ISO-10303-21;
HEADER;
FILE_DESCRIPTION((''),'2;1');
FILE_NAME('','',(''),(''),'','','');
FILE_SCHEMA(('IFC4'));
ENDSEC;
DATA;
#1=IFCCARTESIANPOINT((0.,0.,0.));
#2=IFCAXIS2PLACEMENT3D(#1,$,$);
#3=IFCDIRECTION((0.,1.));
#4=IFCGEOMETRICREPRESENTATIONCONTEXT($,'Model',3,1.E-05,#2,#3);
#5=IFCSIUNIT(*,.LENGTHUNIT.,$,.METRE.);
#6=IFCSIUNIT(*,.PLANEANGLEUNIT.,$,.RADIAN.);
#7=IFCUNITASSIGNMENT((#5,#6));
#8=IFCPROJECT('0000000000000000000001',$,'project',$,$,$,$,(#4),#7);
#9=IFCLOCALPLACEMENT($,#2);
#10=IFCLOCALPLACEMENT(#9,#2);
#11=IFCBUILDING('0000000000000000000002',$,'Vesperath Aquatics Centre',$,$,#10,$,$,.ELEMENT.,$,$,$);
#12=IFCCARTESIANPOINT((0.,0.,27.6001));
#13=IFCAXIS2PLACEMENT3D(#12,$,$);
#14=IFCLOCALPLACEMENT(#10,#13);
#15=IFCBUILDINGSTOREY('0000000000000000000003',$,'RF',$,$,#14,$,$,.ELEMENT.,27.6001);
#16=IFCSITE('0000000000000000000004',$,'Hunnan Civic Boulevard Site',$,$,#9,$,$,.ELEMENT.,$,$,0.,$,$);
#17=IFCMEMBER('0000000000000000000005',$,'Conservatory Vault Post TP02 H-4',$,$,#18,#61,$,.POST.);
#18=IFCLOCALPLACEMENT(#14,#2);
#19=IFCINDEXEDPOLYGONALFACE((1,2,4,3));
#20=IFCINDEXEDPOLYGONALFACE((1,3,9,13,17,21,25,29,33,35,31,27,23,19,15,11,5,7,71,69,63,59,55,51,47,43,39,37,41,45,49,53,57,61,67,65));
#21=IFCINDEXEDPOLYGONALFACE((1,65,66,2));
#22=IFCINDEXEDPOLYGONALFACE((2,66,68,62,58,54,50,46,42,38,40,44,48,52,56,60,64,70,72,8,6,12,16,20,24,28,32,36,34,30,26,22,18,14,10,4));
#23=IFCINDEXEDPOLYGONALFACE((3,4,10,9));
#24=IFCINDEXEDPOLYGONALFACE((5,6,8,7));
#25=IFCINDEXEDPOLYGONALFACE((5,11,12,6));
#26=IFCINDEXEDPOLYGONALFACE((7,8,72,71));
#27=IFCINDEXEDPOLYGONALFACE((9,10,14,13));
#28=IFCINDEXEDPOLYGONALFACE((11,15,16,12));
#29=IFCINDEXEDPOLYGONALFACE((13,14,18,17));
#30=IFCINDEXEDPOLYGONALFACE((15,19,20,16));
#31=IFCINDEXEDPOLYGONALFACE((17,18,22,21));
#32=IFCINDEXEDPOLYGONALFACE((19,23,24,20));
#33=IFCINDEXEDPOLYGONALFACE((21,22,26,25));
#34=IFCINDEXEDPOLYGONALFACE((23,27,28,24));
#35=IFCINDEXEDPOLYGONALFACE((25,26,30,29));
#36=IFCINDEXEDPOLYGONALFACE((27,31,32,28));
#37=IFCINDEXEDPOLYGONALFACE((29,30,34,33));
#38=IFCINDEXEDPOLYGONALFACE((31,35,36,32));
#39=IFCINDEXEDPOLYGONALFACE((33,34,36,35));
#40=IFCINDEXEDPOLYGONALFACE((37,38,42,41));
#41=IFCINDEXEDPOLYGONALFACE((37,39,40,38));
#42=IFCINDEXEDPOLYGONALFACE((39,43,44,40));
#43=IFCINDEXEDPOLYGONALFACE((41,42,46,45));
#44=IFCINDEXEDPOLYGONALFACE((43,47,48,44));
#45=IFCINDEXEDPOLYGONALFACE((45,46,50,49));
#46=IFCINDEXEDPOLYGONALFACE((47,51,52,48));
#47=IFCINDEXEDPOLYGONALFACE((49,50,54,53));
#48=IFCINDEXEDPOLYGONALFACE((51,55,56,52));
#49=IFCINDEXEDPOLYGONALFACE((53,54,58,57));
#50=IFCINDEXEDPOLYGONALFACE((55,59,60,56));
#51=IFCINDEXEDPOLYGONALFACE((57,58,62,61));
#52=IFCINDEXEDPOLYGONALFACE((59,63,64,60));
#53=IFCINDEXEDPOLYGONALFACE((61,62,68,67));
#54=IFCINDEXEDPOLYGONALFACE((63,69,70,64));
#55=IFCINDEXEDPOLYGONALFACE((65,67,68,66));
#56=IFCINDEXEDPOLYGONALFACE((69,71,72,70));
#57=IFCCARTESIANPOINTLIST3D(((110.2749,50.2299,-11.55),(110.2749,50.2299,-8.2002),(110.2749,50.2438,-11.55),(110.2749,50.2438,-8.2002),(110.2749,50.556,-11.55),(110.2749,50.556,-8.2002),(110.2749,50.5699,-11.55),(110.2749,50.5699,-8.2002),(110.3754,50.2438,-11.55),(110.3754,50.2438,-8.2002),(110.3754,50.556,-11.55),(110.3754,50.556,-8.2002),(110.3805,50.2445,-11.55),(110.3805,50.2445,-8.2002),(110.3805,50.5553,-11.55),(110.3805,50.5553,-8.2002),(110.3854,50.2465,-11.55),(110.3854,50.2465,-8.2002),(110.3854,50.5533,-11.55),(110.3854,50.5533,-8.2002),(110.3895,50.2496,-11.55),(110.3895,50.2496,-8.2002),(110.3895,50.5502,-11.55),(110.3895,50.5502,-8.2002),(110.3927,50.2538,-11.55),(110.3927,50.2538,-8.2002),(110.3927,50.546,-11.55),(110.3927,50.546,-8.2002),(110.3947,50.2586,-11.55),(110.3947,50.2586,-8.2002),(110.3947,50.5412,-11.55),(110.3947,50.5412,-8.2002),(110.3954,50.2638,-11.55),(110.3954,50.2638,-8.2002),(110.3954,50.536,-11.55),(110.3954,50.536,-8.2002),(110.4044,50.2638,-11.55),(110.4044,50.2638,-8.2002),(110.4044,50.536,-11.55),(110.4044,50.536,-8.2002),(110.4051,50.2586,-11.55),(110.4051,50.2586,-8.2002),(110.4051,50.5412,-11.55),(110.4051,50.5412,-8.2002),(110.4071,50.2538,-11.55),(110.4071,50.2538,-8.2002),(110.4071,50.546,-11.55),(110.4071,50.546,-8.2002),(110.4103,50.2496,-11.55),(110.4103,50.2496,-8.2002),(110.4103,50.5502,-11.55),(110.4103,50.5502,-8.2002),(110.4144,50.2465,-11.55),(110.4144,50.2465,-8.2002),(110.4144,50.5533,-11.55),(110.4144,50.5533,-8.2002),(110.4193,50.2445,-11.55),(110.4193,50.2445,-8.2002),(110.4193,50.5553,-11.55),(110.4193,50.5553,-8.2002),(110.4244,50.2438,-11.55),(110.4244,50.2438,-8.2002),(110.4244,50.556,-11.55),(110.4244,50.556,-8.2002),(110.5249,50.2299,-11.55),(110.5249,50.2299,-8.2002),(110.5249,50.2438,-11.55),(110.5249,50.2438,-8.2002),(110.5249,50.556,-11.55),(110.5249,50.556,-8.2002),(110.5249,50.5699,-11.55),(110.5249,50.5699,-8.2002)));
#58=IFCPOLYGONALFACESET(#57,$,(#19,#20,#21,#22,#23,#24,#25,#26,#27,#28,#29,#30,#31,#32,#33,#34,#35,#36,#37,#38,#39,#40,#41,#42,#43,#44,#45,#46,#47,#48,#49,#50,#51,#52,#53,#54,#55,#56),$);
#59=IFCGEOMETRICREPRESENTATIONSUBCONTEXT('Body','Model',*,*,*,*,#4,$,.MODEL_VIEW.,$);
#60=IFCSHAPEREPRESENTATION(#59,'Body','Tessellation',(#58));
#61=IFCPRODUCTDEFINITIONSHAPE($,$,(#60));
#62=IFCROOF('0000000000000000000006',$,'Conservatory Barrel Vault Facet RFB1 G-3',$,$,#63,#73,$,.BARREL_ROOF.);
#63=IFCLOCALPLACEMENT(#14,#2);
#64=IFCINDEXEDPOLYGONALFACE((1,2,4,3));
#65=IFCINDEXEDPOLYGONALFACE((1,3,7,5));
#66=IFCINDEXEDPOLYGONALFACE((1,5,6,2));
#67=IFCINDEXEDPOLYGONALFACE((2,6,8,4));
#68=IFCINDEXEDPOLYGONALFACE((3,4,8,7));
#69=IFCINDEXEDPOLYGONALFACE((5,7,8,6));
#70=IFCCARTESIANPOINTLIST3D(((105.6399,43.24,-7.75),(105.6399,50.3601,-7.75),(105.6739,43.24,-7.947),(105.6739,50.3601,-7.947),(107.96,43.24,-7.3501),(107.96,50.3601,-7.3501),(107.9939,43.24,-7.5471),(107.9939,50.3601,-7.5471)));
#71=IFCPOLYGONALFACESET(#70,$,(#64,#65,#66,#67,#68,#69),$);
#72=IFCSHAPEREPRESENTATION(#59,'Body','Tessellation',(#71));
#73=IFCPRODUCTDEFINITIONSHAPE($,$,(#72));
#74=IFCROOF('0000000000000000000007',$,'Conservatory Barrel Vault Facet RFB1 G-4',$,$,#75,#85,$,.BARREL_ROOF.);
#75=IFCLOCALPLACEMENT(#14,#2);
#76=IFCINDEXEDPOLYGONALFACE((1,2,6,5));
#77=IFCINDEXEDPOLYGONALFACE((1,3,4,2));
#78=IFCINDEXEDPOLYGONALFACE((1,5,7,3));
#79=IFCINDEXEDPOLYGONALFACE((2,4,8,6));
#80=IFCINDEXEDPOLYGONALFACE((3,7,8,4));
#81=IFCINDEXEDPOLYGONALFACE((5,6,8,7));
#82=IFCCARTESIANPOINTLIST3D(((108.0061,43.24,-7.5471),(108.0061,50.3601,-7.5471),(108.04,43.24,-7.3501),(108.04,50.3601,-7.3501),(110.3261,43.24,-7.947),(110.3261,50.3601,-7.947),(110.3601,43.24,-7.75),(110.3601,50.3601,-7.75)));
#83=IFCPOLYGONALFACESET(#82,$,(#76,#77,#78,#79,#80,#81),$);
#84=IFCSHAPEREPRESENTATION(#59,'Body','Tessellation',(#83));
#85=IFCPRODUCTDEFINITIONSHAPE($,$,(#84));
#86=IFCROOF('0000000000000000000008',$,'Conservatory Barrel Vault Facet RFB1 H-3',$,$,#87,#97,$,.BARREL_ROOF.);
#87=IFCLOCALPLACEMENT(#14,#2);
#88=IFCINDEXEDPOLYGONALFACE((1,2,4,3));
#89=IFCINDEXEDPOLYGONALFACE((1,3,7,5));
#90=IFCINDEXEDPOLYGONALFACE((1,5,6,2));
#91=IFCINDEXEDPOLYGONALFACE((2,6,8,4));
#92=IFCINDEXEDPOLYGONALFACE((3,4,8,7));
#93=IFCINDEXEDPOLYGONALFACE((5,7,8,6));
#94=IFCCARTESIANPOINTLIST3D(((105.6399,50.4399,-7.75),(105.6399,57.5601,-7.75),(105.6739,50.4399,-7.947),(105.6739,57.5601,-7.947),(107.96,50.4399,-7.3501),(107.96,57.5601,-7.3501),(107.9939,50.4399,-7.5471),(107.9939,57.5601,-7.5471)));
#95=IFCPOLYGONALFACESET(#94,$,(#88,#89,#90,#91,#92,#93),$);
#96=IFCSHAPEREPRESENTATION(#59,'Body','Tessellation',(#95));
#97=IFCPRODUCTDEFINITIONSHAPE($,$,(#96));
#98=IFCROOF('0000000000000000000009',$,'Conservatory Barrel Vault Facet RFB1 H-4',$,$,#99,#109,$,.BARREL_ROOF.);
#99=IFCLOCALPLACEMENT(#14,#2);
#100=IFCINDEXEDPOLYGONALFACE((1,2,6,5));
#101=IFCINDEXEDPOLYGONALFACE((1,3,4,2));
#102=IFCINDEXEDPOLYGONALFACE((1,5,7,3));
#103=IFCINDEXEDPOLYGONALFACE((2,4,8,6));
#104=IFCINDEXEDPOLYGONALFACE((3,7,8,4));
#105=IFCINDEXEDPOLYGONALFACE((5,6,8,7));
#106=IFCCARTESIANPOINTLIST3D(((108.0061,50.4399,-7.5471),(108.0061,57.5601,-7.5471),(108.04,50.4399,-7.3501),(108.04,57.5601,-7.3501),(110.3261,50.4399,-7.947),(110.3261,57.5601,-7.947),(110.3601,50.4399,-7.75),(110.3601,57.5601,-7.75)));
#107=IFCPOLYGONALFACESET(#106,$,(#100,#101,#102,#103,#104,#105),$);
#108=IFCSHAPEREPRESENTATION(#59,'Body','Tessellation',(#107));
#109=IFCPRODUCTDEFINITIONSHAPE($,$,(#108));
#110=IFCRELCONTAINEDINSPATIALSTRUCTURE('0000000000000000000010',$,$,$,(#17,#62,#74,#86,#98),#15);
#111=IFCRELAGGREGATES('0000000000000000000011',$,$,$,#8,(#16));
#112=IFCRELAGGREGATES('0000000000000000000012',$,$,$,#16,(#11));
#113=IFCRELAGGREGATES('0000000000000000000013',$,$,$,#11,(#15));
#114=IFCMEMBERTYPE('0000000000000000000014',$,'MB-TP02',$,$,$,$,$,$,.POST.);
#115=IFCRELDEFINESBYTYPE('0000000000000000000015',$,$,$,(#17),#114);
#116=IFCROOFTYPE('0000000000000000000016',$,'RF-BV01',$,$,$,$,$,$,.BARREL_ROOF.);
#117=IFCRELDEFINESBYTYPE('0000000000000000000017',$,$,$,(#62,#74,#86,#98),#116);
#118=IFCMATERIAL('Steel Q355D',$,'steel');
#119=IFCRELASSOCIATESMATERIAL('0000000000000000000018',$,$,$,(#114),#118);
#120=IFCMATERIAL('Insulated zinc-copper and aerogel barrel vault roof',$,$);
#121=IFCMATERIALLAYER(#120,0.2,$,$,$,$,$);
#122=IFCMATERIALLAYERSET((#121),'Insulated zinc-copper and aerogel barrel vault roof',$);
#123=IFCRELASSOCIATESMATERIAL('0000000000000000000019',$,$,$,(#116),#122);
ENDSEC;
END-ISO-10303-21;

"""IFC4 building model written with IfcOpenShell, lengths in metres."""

from ifc_helpers import new_model, si_unit, direction, frame, origin, origin_2d, place, context, subcontext, project, spatial, polyline, i_section, outline, extrude, material, layer, layer_set, material_profile, profile_set, type_object, element, save


model = new_model("IFC4")

# Units and contexts
model_context = context("Model", 3, precision=1e-05, world=origin(), true_north=direction((0.0, 1.0)))
body_context = subcontext(model_context, "Body", "Model", "MODEL_VIEW")
ifc_project = project(units=[si_unit("LENGTHUNIT", "METRE"), si_unit("PLANEANGLEUNIT", "RADIAN")], contexts=[model_context])

# Site, building, storey
site_placement = place(None, origin())
site = spatial("IfcSite", under=ifc_project, at=site_placement, Name="Hunnan Civic Boulevard Site", CompositionType="ELEMENT", RefElevation=0.0)
building_placement = place(site_placement, origin())
building = spatial("IfcBuilding", under=site, at=building_placement, Name="Vesperath Aquatics Centre", CompositionType="ELEMENT")
storey_placement = place(building_placement, frame((0.0, 0.0, 27.6001)))
storey = spatial("IfcBuildingStorey", under=building, at=storey_placement, Name="RF", CompositionType="ELEMENT", Elevation=27.6001)

# Member
ifc_material_1 = material(Name="Steel Q355D", Category="steel")
ifc_material_profile_1 = material_profile(ifc_material_1, i_section(OverallWidth=0.25, OverallDepth=0.3401, WebThickness=0.009, FlangeThickness=0.0139, FilletRadius=0.02, at=origin_2d()), Name="HM 340x250x9x14")
ifc_profile_set_1 = profile_set([ifc_material_profile_1], Name="Steel Q355D")
member_type_1 = type_object("IfcMemberType", Name="MB-TP02", PredefinedType="POST", material=ifc_profile_set_1)
member_1_placement = place(storey_placement, frame((110.3999, 50.3999, -11.55), z_axis=(0.0, 0.0, 1.0), x_axis=(1.0, 0.0, 0.0)))
element("IfcMember", 1, at=member_1_placement, inside=storey, type_object=member_type_1, Name="Conservatory Vault Post TP02 H-4", PredefinedType="POST", context=body_context, shape_type="SweptSolid", body=[
    extrude(i_section(OverallWidth=0.25, OverallDepth=0.3401, WebThickness=0.009, FlangeThickness=0.0139, FilletRadius=0.02, at=origin_2d()), origin(), (0.0, 0.0, 1.0), 3.3499),
])

# Roofs
ifc_material_2 = material(Name="Insulated zinc-copper and aerogel barrel vault roof")
ifc_layer = layer(ifc_material_2, 0.2)
ifc_layer_set = layer_set([ifc_layer], Name="Insulated zinc-copper and aerogel barrel vault roof")
roof_type = type_object("IfcRoofType", Name="RF-BV01", PredefinedType="BARREL_ROOF", material=ifc_layer_set)
for number, where, z_axis, x_axis, name in (
    (2, (105.6399, 43.24, -7.75), (-0.169862, 0.0, 0.985468), (0.985468, 0.0, 0.169862), "Conservatory Barrel Vault Facet RFB1 G-3"),
    (3, (108.04, 43.24, -7.3501), (0.169862, 0.0, 0.985468), (0.985468, 0.0, -0.169862), "Conservatory Barrel Vault Facet RFB1 G-4"),
    (4, (105.6399, 50.4399, -7.75), (-0.169862, 0.0, 0.985468), (0.985468, 0.0, 0.169862), "Conservatory Barrel Vault Facet RFB1 H-3"),
    (5, (108.04, 50.4399, -7.3501), (0.169862, 0.0, 0.985468), (0.985468, 0.0, -0.169862), "Conservatory Barrel Vault Facet RFB1 H-4"),
):
    element("IfcRoof", number, at=place(storey_placement, frame(where, z_axis=z_axis, x_axis=x_axis)), inside=storey, type_object=roof_type, Name=name, PredefinedType="BARREL_ROOF", context=body_context, shape_type="SweptSolid", body=[
        extrude(outline(polyline([(0.0, 0.0), (2.3543, 0.0), (2.3543, 7.1201), (0.0, 7.1201), (0.0, 0.0)])), origin(), (0.0, 0.0, -1.0), 0.2),
    ])

save(model, "model.ifc")
